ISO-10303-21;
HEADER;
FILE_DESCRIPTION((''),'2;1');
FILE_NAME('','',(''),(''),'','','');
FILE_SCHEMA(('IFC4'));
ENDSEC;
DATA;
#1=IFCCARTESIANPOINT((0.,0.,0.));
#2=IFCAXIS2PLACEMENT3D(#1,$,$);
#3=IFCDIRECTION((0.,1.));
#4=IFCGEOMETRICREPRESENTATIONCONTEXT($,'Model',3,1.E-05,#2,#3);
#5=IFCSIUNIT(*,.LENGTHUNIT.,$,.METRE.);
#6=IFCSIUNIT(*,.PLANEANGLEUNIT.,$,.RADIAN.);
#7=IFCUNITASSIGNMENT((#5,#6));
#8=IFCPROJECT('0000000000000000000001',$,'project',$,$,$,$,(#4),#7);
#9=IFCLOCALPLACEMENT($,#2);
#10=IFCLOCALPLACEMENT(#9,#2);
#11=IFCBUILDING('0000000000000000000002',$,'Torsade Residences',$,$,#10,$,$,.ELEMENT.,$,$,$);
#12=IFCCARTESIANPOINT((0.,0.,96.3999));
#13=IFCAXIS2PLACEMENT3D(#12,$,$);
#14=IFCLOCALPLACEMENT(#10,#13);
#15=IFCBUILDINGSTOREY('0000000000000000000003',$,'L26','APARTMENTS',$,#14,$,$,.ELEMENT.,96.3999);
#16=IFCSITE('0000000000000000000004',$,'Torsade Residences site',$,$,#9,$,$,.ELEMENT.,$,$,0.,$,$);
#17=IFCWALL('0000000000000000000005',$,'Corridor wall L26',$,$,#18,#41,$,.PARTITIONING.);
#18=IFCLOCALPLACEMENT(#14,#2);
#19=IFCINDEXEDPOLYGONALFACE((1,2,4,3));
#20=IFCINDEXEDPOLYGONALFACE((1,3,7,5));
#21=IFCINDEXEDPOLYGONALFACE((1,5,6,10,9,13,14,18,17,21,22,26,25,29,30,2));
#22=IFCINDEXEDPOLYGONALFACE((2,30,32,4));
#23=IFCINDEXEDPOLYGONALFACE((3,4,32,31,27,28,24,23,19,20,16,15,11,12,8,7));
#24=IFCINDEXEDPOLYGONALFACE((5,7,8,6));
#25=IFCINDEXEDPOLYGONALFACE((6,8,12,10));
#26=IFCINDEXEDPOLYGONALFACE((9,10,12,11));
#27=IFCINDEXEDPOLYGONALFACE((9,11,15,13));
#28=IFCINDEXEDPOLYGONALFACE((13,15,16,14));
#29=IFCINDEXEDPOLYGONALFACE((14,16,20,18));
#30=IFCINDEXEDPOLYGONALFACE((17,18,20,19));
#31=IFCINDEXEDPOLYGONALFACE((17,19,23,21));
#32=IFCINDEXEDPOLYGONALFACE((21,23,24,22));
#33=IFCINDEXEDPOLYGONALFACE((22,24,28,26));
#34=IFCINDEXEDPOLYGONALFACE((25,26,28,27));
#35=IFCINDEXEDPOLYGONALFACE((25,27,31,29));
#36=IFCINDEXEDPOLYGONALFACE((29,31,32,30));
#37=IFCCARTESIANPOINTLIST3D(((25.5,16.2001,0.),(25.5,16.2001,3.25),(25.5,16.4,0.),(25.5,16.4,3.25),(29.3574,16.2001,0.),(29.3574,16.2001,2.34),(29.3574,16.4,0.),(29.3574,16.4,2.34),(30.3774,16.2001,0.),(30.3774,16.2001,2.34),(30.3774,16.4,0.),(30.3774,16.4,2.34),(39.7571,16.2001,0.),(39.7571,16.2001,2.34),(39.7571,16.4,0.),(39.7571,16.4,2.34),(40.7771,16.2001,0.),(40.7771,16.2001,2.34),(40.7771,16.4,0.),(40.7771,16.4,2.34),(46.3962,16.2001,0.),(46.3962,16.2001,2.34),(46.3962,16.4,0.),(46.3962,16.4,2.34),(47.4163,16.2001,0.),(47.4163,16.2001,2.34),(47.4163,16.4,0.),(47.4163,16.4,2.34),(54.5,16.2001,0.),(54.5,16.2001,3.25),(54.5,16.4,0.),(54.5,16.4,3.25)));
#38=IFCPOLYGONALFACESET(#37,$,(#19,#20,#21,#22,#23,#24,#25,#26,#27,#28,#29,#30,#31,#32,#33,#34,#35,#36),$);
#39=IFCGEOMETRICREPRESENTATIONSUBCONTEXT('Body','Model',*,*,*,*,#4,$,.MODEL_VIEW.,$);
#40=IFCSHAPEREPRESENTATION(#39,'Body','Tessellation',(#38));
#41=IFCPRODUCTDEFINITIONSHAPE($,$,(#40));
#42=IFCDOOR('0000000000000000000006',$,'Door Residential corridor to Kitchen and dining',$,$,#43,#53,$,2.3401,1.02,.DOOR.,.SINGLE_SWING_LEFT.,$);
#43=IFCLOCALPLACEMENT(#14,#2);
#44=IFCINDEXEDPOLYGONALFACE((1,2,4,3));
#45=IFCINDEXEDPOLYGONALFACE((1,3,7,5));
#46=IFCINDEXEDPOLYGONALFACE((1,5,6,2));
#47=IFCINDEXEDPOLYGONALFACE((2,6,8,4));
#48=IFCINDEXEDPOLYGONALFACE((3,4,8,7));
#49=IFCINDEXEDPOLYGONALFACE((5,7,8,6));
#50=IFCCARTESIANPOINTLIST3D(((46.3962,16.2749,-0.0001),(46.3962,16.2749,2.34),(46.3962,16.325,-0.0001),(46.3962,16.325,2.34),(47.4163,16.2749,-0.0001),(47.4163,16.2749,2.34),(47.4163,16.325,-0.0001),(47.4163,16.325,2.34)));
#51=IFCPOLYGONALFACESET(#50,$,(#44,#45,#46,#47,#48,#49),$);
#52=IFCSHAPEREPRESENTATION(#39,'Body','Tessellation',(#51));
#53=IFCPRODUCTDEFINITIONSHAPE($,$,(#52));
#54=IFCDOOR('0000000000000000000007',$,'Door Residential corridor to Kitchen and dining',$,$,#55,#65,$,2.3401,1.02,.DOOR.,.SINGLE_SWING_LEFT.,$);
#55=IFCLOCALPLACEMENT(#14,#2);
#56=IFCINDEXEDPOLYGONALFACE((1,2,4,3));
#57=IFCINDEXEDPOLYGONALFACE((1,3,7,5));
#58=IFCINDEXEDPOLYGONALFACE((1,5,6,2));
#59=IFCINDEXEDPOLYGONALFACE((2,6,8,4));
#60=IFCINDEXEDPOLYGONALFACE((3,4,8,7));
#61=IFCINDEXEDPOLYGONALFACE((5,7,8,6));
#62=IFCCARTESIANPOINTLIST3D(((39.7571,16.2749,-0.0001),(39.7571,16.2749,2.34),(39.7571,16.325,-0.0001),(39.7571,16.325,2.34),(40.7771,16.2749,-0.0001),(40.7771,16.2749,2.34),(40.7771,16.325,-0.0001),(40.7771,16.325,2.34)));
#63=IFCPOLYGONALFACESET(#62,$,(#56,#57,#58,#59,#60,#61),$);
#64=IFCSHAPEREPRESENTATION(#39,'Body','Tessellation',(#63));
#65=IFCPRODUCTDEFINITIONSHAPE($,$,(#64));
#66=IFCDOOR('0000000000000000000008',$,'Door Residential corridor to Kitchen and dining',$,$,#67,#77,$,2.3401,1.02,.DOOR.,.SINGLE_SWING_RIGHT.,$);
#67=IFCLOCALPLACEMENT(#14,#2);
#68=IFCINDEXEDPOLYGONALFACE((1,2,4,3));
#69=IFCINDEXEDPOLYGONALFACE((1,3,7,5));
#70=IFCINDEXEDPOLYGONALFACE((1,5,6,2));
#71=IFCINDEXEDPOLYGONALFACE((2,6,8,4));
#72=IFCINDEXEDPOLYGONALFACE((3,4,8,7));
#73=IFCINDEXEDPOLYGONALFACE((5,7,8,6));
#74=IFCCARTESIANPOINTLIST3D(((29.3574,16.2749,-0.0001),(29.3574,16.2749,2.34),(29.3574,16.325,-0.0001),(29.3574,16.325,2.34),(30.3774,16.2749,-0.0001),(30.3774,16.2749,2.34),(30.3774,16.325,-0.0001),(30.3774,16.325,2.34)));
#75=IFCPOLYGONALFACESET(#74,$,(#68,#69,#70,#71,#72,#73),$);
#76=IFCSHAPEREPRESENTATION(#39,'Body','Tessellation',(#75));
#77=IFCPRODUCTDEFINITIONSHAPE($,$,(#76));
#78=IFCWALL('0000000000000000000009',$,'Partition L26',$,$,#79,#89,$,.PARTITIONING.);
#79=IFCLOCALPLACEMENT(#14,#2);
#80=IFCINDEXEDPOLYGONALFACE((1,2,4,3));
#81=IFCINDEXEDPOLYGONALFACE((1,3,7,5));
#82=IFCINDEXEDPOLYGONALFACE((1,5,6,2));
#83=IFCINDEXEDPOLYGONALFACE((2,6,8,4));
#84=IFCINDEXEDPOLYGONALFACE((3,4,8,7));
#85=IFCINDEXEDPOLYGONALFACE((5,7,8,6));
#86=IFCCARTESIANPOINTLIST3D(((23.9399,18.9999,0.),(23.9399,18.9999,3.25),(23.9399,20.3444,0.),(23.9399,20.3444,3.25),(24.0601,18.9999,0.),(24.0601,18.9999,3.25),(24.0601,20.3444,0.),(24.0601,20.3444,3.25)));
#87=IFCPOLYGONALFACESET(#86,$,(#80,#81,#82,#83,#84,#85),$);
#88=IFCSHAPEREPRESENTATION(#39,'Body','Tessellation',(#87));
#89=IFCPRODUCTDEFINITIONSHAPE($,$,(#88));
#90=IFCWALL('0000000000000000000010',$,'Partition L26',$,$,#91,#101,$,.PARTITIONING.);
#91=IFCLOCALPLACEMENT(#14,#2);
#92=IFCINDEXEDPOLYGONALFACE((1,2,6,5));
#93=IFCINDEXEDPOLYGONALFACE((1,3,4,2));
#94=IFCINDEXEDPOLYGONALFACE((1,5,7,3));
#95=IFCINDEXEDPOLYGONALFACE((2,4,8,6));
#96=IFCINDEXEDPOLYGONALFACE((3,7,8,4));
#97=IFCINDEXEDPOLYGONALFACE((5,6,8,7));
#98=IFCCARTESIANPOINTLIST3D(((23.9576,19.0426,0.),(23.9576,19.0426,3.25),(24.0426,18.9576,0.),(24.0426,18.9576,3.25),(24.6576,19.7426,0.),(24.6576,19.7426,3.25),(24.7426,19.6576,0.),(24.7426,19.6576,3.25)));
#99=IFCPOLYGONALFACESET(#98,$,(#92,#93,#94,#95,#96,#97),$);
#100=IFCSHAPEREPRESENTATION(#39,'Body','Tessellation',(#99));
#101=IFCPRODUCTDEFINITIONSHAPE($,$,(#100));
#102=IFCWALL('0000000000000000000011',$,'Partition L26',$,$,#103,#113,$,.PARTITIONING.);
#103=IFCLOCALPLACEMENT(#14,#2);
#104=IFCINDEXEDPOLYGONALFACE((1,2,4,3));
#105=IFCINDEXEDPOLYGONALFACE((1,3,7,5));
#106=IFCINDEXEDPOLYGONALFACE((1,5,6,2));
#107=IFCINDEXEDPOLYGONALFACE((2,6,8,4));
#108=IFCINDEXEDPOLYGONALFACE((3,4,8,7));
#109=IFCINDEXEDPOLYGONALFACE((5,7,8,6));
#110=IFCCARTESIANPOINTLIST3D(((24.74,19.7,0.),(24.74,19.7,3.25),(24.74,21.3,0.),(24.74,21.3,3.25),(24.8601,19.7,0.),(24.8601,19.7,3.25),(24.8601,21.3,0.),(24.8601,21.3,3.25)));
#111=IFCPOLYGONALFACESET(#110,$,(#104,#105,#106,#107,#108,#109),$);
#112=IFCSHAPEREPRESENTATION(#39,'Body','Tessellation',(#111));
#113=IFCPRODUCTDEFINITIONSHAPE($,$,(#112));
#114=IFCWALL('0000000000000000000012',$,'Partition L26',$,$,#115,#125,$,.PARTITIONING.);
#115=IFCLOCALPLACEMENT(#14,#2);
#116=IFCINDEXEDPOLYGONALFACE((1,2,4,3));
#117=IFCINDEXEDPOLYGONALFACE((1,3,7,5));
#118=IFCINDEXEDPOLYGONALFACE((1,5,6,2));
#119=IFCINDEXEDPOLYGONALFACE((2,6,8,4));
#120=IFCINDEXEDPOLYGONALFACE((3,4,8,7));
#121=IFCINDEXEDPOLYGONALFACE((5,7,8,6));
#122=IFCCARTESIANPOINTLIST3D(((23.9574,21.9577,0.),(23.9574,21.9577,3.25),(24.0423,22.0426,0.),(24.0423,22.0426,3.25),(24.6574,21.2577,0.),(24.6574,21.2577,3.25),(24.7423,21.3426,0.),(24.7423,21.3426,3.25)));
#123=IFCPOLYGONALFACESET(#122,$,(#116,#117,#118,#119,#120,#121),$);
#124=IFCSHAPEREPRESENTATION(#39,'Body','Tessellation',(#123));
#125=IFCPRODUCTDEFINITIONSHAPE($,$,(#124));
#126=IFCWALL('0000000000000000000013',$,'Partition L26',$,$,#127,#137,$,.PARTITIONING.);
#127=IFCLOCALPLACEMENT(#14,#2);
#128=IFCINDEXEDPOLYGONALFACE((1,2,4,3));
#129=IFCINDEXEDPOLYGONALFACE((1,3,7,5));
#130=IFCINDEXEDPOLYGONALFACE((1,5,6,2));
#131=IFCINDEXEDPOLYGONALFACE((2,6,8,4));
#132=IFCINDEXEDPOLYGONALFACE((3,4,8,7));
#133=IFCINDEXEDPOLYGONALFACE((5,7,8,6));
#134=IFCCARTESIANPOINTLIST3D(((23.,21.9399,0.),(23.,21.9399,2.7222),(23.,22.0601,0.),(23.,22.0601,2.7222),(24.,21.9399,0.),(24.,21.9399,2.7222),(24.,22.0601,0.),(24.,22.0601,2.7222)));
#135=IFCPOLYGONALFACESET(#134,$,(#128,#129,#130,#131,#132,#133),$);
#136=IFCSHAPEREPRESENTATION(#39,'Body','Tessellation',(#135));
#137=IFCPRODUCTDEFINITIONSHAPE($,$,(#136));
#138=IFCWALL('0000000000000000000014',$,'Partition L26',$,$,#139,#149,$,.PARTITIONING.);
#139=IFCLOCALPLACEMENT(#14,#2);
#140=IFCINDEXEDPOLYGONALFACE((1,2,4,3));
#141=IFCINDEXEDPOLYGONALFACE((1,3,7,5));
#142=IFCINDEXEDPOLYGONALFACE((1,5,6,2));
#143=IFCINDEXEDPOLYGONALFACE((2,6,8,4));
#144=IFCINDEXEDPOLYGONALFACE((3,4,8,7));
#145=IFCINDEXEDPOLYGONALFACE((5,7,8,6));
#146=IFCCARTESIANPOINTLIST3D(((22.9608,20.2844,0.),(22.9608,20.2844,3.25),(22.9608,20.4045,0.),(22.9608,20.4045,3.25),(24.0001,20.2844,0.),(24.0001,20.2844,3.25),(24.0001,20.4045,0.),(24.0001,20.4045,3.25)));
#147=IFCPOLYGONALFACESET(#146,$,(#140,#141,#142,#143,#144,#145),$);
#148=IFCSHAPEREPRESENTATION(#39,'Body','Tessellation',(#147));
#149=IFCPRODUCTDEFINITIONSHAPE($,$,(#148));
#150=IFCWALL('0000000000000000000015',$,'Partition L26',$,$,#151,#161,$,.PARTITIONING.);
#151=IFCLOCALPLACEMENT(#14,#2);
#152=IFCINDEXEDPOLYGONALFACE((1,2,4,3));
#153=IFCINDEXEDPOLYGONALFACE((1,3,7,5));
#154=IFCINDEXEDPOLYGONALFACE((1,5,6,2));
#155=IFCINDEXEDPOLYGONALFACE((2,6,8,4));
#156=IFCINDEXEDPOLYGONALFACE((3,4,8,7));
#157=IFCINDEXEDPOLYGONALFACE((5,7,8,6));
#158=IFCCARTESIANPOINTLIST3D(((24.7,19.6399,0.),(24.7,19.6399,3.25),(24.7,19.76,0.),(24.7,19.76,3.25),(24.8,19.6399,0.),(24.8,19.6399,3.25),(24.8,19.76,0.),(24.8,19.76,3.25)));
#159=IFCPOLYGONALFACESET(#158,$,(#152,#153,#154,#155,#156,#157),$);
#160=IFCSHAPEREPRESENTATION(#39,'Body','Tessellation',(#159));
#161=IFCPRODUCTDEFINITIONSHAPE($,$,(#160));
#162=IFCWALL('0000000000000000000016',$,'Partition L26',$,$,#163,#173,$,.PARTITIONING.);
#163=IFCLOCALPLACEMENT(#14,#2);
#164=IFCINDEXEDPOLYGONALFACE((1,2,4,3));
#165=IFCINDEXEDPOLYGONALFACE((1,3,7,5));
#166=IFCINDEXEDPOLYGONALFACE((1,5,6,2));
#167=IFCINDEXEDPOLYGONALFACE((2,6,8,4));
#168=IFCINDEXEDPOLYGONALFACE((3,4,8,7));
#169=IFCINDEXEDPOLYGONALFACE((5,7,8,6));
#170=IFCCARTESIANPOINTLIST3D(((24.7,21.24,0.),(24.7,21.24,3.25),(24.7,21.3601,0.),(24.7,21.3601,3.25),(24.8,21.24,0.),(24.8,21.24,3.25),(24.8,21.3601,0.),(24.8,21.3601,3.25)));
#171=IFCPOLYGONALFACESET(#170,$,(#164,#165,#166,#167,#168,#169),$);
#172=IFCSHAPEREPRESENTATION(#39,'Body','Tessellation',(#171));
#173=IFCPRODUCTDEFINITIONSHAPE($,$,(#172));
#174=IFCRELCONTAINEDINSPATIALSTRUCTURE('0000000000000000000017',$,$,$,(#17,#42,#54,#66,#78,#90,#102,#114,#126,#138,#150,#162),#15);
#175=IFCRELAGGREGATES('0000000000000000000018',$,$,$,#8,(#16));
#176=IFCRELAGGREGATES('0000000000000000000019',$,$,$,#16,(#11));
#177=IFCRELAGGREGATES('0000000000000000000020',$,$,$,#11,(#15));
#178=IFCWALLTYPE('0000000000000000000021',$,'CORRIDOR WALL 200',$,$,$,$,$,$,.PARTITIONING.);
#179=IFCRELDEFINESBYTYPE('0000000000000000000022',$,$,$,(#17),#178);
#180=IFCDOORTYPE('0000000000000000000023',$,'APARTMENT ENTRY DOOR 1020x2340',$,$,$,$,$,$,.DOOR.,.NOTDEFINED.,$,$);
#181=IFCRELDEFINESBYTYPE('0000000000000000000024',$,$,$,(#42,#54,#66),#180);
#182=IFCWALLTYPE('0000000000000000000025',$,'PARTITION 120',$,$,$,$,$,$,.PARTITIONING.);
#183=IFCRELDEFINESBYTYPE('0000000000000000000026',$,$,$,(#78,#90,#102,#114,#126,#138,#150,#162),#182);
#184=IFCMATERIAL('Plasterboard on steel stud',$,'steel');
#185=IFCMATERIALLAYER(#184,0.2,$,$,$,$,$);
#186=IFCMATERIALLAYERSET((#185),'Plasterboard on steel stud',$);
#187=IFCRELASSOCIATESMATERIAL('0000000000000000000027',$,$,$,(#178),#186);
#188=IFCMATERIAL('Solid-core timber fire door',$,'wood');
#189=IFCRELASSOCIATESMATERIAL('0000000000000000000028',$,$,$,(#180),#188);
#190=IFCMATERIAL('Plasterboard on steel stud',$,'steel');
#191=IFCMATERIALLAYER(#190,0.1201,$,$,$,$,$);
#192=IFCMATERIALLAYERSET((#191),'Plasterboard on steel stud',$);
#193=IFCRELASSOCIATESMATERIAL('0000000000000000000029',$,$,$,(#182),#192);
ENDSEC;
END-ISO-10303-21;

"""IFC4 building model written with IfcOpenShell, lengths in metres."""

from ifc_helpers import new_model, si_unit, direction, frame, frame_2d, origin, place, context, subcontext, project, spatial, rectangle, extrude, material, layer, layer_set, type_object, element, fill, save


model = new_model("IFC4")

# Units and contexts
model_context = context("Model", 3, precision=1e-05, world=origin(), true_north=direction((0.0, 1.0)))
body_context = subcontext(model_context, "Body", "Model", "MODEL_VIEW")
ifc_project = project(units=[si_unit("LENGTHUNIT", "METRE"), si_unit("PLANEANGLEUNIT", "RADIAN")], contexts=[model_context])

# Site, building, storey
site_placement = place(None, origin())
site = spatial("IfcSite", under=ifc_project, at=site_placement, Name="Torsade Residences site", CompositionType="ELEMENT", RefElevation=0.0)
building_placement = place(site_placement, origin())
building = spatial("IfcBuilding", under=site, at=building_placement, Name="Torsade Residences", CompositionType="ELEMENT")
storey_placement = place(building_placement, frame((0.0, 0.0, 96.3999)))
storey = spatial("IfcBuildingStorey", under=building, at=storey_placement, Name="L26", Description="APARTMENTS", CompositionType="ELEMENT", Elevation=96.3999)

# Wall, openings, doors
ifc_material_1 = material(Name="Plasterboard on steel stud", Category="steel")
ifc_layer_1 = layer(ifc_material_1, 0.2)
ifc_layer_set_1 = layer_set([ifc_layer_1], Name="Plasterboard on steel stud")
wall_type_1 = type_object("IfcWallType", Name="CORRIDOR WALL 200", PredefinedType="PARTITIONING", material=ifc_layer_set_1)
wall_1_placement = place(storey_placement, frame((25.5, 16.3, 0.0), z_axis=(0.0, 0.0, 1.0), x_axis=(1.0, 0.0, 0.0)))
wall_1 = element("IfcWall", 1, at=wall_1_placement, inside=storey, type_object=wall_type_1, Name="Corridor wall L26", PredefinedType="PARTITIONING", context=body_context, shape_type="SweptSolid", body=[
    extrude(rectangle(XDim=29.0, YDim=0.2, at=frame_2d((14.5, 0.0))), origin(), (0.0, 0.0, 1.0), 3.25),
])
opening_1_placement = place(wall_1_placement, frame((20.8962, 0.0, 0.0)))
opening_1 = element("IfcOpeningElement", 2, at=opening_1_placement, cuts=wall_1, PredefinedType="OPENING", context=body_context, shape_type="SweptSolid", body=[
    extrude(rectangle(XDim=1.02, YDim=2.3401, at=frame_2d((0.51, 1.1699))), frame((0.0, 0.1099, 0.0), z_axis=(0.0, -1.0, 0.0), x_axis=(1.0, 0.0, 0.0)), (0.0, 0.0, 1.0), 0.22),
])
opening_2_placement = place(wall_1_placement, frame((14.2571, 0.0, 0.0)))
opening_2 = element("IfcOpeningElement", 3, at=opening_2_placement, cuts=wall_1, PredefinedType="OPENING", context=body_context, shape_type="SweptSolid", body=[
    extrude(rectangle(XDim=1.02, YDim=2.3401, at=frame_2d((0.51, 1.1699))), frame((0.0, 0.1099, 0.0), z_axis=(0.0, -1.0, 0.0), x_axis=(1.0, 0.0, 0.0)), (0.0, 0.0, 1.0), 0.22),
])
opening_3_placement = place(wall_1_placement, frame((3.8574, 0.0, 0.0)))
opening_3 = element("IfcOpeningElement", 4, at=opening_3_placement, cuts=wall_1, PredefinedType="OPENING", context=body_context, shape_type="SweptSolid", body=[
    extrude(rectangle(XDim=1.02, YDim=2.3401, at=frame_2d((0.51, 1.1699))), frame((0.0, 0.1099, 0.0), z_axis=(0.0, -1.0, 0.0), x_axis=(1.0, 0.0, 0.0)), (0.0, 0.0, 1.0), 0.22),
])
ifc_material_2 = material(Name="Solid-core timber fire door", Category="wood")
door_type = type_object("IfcDoorType", Name="APARTMENT ENTRY DOOR 1020x2340", OperationType="NOTDEFINED", PredefinedType="DOOR", material=ifc_material_2)
door_1_placement = place(opening_1_placement, origin())
door_1 = element("IfcDoor", 5, at=door_1_placement, inside=storey, type_object=door_type, Name="Door Residential corridor to Kitchen and dining", OperationType="SINGLE_SWING_LEFT", OverallHeight=2.3401, OverallWidth=1.02, PredefinedType="DOOR", context=body_context, shape_type="SweptSolid", body=[
    extrude(rectangle(XDim=1.02, YDim=2.3401, at=frame_2d((0.51, 1.1699))), frame((0.0, 0.0249, 0.0), z_axis=(0.0, -1.0, 0.0), x_axis=(1.0, 0.0, 0.0)), (0.0, 0.0, 1.0), 0.05),
])
fill(opening_1, door_1)
door_2_placement = place(opening_2_placement, origin())
door_2 = element("IfcDoor", 6, at=door_2_placement, inside=storey, type_object=door_type, Name="Door Residential corridor to Kitchen and dining", OperationType="SINGLE_SWING_LEFT", OverallHeight=2.3401, OverallWidth=1.02, PredefinedType="DOOR", context=body_context, shape_type="SweptSolid", body=[
    extrude(rectangle(XDim=1.02, YDim=2.3401, at=frame_2d((0.51, 1.1699))), frame((0.0, 0.0249, 0.0), z_axis=(0.0, -1.0, 0.0), x_axis=(1.0, 0.0, 0.0)), (0.0, 0.0, 1.0), 0.05),
])
fill(opening_2, door_2)
door_3_placement = place(opening_3_placement, origin())
door_3 = element("IfcDoor", 7, at=door_3_placement, inside=storey, type_object=door_type, Name="Door Residential corridor to Kitchen and dining", OperationType="SINGLE_SWING_RIGHT", OverallHeight=2.3401, OverallWidth=1.02, PredefinedType="DOOR", context=body_context, shape_type="SweptSolid", body=[
    extrude(rectangle(XDim=1.02, YDim=2.3401, at=frame_2d((0.51, 1.1699))), frame((0.0, 0.0249, 0.0), z_axis=(0.0, -1.0, 0.0), x_axis=(1.0, 0.0, 0.0)), (0.0, 0.0, 1.0), 0.05),
])
fill(opening_3, door_3)

# Walls
ifc_material_3 = material(Name="Plasterboard on steel stud", Category="steel")
ifc_layer_2 = layer(ifc_material_3, 0.1201)
ifc_layer_set_2 = layer_set([ifc_layer_2], Name="Plasterboard on steel stud")
wall_type_2 = type_object("IfcWallType", Name="PARTITION 120", PredefinedType="PARTITIONING", material=ifc_layer_set_2)
wall_2_placement = place(storey_placement, frame((24.0, 20.3445, 0.0), z_axis=(0.0, 0.0, 1.0), x_axis=(0.0, -1.0, 0.0)))
element("IfcWall", 8, at=wall_2_placement, inside=storey, type_object=wall_type_2, Name="Partition L26", PredefinedType="PARTITIONING", context=body_context, shape_type="SweptSolid", body=[
    extrude(rectangle(XDim=1.3445, YDim=0.1201, at=frame_2d((0.6724, 0.0))), origin(), (0.0, 0.0, 1.0), 3.25),
])
wall_3_placement = place(storey_placement, frame((24.0, 19.0, 0.0), z_axis=(0.0, 0.0, 1.0), x_axis=(0.707107, 0.707107, 0.0)))
element("IfcWall", 9, at=wall_3_placement, inside=storey, type_object=wall_type_2, Name="Partition L26", PredefinedType="PARTITIONING", context=body_context, shape_type="SweptSolid", body=[
    extrude(rectangle(XDim=0.99, YDim=0.1201, at=frame_2d((0.4951, 0.0))), origin(), (0.0, 0.0, 1.0), 3.25),
])
wall_4_placement = place(storey_placement, frame((24.8, 19.7, 0.0), z_axis=(0.0, 0.0, 1.0), x_axis=(0.0, 1.0, 0.0)))
element("IfcWall", 10, at=wall_4_placement, inside=storey, type_object=wall_type_2, Name="Partition L26", PredefinedType="PARTITIONING", context=body_context, shape_type="SweptSolid", body=[
    extrude(rectangle(XDim=1.6001, YDim=0.1201, at=frame_2d((0.8, 0.0))), origin(), (0.0, 0.0, 1.0), 3.25),
])
wall_5_placement = place(storey_placement, frame((24.7, 21.3, 0.0), z_axis=(0.0, 0.0, 1.0), x_axis=(-0.707107, 0.707107, 0.0)))
element("IfcWall", 11, at=wall_5_placement, inside=storey, type_object=wall_type_2, Name="Partition L26", PredefinedType="PARTITIONING", context=body_context, shape_type="SweptSolid", body=[
    extrude(rectangle(XDim=0.99, YDim=0.1201, at=frame_2d((0.4951, 0.0))), origin(), (0.0, 0.0, 1.0), 3.25),
])
wall_6_placement = place(storey_placement, frame((24.0, 22.0, 0.0), z_axis=(0.0, 0.0, 1.0), x_axis=(-1.0, 0.0, 0.0)))
element("IfcWall", 12, at=wall_6_placement, inside=storey, type_object=wall_type_2, Name="Partition L26", PredefinedType="PARTITIONING", context=body_context, shape_type="SweptSolid", body=[
    extrude(rectangle(XDim=1.0, YDim=0.1201, at=frame_2d((0.5, 0.0))), origin(), (0.0, 0.0, 1.0), 2.7222),
])
wall_7_placement = place(storey_placement, frame((24.0, 20.3445, 0.0), z_axis=(0.0, 0.0, 1.0), x_axis=(-1.0, 0.0, 0.0)))
element("IfcWall", 13, at=wall_7_placement, inside=storey, type_object=wall_type_2, Name="Partition L26", PredefinedType="PARTITIONING", context=body_context, shape_type="SweptSolid", body=[
    extrude(rectangle(XDim=1.0393, YDim=0.1201, at=frame_2d((0.5195, 0.0))), origin(), (0.0, 0.0, 1.0), 3.25),
])
for number, where, z_axis, x_axis, name in (
    (14, (24.8, 19.7, 0.0), (0.0, 0.0, 1.0), (-1.0, 0.0, 0.0), "Partition L26"),
    (15, (24.8, 21.3, 0.0), (0.0, 0.0, 1.0), (-1.0, 0.0, 0.0), "Partition L26"),
):
    element("IfcWall", number, at=place(storey_placement, frame(where, z_axis=z_axis, x_axis=x_axis)), inside=storey, type_object=wall_type_2, Name=name, PredefinedType="PARTITIONING", context=body_context, shape_type="SweptSolid", body=[
        extrude(rectangle(XDim=0.1001, YDim=0.1201, at=frame_2d((0.05, 0.0))), origin(), (0.0, 0.0, 1.0), 3.25),
    ])

save(model, "model.ifc")
